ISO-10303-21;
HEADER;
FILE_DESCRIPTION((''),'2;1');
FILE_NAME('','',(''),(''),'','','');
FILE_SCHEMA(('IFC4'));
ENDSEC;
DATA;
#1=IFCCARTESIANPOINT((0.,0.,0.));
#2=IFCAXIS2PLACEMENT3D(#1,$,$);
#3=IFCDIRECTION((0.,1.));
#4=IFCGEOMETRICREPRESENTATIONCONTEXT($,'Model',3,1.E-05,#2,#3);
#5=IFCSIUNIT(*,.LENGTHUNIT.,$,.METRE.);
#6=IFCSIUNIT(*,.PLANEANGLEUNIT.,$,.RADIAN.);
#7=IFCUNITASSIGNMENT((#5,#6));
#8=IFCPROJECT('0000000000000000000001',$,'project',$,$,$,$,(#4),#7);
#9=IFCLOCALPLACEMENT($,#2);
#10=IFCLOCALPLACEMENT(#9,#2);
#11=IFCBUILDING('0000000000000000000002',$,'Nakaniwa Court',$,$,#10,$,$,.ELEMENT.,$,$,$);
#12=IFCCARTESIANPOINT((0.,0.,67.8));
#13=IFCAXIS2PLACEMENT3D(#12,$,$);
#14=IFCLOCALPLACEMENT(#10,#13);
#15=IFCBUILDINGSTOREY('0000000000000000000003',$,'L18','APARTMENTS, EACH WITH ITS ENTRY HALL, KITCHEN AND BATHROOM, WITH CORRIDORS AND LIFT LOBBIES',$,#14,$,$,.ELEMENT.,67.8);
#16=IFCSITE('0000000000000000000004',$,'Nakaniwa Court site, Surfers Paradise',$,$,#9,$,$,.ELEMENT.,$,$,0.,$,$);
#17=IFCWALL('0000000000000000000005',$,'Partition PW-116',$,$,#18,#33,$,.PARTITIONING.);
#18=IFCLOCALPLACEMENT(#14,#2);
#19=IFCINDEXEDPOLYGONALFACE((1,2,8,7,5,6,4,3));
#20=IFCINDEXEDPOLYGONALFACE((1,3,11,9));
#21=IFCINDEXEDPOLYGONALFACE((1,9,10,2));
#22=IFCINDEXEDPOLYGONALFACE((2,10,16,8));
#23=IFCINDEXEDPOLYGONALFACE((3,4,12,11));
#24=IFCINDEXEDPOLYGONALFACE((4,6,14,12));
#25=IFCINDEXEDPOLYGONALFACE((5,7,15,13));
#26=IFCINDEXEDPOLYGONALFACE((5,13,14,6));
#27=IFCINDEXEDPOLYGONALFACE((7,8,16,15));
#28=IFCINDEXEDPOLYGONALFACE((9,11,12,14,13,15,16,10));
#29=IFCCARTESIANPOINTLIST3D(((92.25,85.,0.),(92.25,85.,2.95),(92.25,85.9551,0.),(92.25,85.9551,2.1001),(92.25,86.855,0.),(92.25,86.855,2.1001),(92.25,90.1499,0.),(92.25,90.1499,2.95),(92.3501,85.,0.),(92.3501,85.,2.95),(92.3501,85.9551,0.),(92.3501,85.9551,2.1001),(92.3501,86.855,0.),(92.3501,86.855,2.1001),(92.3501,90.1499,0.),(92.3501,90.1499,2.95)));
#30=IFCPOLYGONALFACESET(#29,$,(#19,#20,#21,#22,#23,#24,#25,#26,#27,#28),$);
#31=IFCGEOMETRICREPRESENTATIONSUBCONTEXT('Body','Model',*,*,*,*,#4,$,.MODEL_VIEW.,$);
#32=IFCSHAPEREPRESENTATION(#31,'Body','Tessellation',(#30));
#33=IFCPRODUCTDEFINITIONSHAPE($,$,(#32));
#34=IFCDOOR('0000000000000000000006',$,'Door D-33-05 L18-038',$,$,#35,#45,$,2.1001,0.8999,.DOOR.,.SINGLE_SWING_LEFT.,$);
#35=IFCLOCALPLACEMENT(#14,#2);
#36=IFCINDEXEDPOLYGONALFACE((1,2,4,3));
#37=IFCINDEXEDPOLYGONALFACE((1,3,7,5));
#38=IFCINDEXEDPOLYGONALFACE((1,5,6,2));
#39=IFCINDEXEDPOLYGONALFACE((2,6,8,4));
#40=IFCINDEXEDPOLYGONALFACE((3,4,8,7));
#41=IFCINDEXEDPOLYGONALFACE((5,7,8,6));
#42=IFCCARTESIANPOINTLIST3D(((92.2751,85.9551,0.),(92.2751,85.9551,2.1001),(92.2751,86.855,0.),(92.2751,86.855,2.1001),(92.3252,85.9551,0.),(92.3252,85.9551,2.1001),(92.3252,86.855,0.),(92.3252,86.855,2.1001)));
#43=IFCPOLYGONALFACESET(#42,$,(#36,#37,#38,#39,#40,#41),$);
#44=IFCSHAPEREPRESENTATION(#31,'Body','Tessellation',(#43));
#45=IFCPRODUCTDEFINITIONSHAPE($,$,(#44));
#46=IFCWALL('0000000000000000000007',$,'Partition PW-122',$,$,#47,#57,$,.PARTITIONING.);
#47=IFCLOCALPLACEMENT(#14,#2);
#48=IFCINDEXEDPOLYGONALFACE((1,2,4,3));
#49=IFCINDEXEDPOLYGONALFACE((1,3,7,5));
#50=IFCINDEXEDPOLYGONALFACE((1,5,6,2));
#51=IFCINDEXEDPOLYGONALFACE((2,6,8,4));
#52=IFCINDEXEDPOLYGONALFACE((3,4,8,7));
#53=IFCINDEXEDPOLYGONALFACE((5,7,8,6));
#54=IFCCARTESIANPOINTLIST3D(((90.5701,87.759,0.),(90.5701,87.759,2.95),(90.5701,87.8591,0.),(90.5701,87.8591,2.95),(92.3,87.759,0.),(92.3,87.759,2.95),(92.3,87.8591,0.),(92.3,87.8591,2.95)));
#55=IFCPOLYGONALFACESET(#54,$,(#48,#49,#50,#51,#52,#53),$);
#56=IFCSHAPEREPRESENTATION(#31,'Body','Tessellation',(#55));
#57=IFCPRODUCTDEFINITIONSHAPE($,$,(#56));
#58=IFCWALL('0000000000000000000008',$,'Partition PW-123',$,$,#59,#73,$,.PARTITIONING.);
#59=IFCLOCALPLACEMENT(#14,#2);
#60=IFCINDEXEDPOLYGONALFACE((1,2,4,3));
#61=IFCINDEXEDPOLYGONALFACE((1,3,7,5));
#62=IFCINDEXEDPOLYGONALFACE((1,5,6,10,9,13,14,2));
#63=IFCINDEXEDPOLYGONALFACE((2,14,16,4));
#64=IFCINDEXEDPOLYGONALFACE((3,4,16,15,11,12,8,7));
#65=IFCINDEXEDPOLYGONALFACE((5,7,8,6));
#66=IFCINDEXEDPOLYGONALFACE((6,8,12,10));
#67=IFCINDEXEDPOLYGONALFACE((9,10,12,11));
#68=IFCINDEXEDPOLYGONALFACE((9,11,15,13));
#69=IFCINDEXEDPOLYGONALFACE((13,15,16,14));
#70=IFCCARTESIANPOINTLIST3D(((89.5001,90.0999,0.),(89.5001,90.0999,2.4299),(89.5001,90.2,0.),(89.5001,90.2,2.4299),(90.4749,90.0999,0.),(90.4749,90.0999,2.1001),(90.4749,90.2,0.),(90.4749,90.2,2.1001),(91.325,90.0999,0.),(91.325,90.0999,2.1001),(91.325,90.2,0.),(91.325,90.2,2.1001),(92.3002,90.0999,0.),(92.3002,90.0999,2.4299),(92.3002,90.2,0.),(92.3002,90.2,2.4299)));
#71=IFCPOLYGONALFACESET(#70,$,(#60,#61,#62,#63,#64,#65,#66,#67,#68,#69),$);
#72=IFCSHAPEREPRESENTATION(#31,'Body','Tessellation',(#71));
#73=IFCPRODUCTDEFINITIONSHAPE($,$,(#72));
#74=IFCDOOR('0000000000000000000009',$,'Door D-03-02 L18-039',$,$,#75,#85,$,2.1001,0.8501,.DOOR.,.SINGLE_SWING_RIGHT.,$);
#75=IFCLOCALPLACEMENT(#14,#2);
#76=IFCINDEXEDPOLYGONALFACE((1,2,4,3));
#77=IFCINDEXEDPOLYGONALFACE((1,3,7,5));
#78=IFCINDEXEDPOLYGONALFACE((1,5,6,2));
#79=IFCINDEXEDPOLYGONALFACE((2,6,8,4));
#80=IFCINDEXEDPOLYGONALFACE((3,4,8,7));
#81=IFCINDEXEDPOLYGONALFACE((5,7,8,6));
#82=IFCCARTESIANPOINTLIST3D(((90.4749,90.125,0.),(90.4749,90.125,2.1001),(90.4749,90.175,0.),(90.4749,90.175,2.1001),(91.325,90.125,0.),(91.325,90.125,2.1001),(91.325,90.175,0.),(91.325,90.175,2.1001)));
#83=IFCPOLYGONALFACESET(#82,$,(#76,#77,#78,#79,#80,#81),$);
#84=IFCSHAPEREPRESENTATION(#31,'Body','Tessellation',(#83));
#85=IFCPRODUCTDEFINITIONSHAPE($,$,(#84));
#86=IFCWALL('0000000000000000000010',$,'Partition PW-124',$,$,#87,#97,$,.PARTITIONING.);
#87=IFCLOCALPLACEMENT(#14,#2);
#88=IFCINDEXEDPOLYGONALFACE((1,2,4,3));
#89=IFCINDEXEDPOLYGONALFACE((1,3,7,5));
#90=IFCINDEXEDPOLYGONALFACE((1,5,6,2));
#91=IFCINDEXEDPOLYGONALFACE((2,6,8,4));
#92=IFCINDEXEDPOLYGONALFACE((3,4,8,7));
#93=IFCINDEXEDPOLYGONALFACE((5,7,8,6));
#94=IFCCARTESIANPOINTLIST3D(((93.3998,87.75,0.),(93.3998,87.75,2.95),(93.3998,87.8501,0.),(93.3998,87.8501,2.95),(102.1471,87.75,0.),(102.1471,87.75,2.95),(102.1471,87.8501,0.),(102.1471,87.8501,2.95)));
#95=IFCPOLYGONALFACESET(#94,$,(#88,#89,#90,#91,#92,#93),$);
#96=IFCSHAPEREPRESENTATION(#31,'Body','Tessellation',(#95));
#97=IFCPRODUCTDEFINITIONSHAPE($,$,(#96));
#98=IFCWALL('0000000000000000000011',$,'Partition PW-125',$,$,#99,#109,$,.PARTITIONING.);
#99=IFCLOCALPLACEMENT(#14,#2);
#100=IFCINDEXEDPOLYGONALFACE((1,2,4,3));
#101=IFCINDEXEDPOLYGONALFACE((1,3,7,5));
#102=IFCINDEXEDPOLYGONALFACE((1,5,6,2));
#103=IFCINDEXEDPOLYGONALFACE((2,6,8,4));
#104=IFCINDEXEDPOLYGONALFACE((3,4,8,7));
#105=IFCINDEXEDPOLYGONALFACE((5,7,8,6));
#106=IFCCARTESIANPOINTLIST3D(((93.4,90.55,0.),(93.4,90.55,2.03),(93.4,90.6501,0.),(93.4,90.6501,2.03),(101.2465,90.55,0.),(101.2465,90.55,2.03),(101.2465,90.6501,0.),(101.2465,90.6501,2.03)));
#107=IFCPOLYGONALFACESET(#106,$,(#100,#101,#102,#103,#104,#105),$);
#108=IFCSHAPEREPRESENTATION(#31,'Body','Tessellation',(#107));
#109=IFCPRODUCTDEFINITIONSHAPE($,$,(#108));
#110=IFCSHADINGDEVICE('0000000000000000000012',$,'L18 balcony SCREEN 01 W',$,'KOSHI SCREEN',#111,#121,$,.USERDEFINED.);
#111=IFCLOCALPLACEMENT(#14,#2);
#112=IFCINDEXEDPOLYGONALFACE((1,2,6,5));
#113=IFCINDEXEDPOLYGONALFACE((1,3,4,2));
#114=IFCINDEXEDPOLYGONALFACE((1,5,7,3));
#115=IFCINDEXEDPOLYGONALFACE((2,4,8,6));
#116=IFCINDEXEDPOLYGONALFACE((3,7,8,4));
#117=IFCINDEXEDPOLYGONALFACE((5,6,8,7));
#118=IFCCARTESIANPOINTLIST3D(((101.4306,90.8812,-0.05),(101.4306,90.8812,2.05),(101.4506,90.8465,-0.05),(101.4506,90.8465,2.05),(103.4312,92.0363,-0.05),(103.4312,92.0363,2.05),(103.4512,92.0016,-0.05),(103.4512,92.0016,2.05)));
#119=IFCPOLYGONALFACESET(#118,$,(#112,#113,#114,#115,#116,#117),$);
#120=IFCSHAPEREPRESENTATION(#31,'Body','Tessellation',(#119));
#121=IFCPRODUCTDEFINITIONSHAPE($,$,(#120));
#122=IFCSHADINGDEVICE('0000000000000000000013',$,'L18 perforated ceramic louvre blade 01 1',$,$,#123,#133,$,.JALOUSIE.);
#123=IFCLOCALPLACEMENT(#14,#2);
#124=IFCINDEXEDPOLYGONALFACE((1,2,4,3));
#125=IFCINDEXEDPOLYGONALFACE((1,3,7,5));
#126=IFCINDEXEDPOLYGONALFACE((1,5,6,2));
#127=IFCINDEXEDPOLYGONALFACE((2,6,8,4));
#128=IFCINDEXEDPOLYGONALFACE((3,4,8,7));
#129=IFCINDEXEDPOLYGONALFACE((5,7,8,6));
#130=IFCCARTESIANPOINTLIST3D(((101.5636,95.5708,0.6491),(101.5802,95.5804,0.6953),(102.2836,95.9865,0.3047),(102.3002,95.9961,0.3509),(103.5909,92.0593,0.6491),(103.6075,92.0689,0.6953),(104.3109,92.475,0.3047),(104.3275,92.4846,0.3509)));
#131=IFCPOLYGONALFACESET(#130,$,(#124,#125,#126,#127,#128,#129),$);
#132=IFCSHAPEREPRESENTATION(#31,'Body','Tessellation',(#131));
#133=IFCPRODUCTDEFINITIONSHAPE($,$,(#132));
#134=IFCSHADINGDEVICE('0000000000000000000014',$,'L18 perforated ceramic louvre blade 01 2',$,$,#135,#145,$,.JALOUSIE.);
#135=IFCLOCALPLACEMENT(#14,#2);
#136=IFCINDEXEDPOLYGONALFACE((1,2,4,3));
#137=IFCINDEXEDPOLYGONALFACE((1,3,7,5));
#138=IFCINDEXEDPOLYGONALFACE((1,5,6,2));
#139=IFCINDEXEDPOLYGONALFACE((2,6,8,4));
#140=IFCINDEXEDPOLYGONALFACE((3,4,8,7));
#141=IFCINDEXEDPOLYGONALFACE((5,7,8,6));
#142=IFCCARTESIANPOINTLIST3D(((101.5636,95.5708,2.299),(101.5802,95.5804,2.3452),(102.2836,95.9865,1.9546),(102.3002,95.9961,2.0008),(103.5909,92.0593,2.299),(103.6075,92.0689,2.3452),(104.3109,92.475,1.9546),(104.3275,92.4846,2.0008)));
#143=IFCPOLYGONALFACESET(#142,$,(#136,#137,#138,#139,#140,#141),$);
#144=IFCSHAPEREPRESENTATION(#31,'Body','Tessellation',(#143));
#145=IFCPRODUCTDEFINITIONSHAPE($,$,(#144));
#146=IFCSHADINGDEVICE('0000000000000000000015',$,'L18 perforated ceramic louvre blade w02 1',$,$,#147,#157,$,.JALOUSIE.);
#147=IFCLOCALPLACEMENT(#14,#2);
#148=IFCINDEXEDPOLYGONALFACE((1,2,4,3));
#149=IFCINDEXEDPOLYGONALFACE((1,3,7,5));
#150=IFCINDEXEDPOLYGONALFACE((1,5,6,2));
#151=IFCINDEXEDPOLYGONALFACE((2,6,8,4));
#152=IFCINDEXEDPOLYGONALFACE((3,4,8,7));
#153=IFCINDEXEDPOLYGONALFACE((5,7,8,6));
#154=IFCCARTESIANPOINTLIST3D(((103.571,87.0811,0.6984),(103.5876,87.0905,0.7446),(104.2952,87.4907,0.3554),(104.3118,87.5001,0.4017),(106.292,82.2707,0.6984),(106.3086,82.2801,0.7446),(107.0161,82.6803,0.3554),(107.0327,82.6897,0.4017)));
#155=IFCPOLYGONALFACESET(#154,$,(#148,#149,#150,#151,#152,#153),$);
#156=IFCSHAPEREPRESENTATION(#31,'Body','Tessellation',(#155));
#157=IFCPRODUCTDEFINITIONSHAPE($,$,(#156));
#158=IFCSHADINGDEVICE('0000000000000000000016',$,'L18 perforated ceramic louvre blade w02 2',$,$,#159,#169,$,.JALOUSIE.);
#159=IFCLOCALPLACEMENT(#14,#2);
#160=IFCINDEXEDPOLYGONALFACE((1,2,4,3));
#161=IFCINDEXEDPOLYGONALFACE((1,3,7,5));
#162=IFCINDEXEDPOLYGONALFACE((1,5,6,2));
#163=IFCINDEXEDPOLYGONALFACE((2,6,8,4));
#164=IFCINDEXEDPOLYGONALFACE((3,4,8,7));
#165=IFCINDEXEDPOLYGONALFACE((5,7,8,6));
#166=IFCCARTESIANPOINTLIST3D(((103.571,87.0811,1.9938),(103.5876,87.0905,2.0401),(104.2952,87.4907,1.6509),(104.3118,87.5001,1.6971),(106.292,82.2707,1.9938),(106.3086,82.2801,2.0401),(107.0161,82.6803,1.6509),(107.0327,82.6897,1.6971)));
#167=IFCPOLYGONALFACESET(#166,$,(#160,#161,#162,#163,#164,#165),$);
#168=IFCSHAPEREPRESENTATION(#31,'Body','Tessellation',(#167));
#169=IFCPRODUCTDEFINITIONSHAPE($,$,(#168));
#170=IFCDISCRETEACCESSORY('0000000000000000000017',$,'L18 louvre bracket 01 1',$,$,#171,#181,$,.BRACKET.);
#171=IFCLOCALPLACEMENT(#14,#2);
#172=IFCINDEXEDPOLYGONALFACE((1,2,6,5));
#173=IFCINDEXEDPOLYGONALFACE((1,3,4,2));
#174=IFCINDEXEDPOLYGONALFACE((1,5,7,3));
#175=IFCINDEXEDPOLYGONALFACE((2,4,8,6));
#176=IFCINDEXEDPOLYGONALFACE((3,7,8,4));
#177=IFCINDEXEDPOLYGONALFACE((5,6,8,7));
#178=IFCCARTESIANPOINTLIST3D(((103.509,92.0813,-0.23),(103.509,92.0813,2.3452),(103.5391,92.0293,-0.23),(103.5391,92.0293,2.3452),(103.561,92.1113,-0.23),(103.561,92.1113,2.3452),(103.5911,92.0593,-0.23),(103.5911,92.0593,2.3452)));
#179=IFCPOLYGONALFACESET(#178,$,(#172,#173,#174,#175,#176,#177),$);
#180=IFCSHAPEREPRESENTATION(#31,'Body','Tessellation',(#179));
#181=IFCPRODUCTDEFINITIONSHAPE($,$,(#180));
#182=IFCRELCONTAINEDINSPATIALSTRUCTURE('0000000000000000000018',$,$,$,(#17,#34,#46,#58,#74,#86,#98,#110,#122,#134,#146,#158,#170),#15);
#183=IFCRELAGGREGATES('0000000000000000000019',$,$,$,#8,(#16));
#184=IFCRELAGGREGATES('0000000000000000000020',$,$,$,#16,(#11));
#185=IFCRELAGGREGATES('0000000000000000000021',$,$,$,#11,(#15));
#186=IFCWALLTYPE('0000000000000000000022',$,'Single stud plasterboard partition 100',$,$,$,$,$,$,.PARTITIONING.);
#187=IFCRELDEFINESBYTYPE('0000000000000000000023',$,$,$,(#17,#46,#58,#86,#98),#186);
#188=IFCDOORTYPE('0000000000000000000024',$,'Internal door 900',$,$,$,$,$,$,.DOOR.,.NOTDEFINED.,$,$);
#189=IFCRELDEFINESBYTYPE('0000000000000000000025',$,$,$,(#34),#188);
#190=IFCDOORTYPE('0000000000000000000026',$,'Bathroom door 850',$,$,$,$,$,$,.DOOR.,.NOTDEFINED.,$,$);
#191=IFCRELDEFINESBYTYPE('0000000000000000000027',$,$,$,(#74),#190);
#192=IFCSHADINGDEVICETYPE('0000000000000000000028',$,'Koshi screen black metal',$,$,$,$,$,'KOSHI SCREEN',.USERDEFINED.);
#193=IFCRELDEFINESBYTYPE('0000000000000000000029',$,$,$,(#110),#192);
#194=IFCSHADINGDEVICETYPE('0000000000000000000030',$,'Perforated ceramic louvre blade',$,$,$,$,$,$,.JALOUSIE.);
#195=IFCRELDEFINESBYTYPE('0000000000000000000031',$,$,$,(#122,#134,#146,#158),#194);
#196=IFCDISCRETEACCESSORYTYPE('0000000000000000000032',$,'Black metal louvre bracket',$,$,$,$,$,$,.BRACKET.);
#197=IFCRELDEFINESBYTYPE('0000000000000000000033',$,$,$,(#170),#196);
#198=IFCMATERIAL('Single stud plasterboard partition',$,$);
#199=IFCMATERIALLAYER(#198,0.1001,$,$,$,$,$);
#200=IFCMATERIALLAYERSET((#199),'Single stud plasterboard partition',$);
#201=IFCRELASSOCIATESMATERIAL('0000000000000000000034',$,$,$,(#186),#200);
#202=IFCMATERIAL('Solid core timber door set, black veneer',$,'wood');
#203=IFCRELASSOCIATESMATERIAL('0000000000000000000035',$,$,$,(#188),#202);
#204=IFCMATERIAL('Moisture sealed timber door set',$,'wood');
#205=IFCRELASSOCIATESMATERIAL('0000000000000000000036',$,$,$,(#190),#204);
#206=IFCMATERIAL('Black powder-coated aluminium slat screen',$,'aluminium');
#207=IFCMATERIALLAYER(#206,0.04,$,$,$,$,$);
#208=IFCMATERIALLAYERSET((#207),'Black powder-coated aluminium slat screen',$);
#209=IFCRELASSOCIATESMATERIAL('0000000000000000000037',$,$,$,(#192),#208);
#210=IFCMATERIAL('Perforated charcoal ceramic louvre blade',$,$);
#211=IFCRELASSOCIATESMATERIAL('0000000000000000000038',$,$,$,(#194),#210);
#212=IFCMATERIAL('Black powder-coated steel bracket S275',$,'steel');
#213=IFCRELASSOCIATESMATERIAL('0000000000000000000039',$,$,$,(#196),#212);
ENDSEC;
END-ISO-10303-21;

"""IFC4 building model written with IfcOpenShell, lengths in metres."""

from ifc_helpers import new_model, si_unit, direction, frame, frame_2d, origin, origin_2d, place, context, subcontext, project, spatial, rectangle, extrude, material, layer, layer_set, material_profile, profile_set, type_object, element, fill, save


model = new_model("IFC4")

# Units and contexts
model_context = context("Model", 3, precision=1e-05, world=origin(), true_north=direction((0.0, 1.0)))
body_context = subcontext(model_context, "Body", "Model", "MODEL_VIEW")
ifc_project = project(units=[si_unit("LENGTHUNIT", "METRE"), si_unit("PLANEANGLEUNIT", "RADIAN")], contexts=[model_context])

# Site, building, storey
site_placement = place(None, origin())
site = spatial("IfcSite", under=ifc_project, at=site_placement, Name="Nakaniwa Court site, Surfers Paradise", CompositionType="ELEMENT", RefElevation=0.0)
building_placement = place(site_placement, origin())
building = spatial("IfcBuilding", under=site, at=building_placement, Name="Nakaniwa Court", CompositionType="ELEMENT")
storey_placement = place(building_placement, frame((0.0, 0.0, 67.8)))
storey = spatial("IfcBuildingStorey", under=building, at=storey_placement, Name="L18", Description="APARTMENTS, EACH WITH ITS ENTRY HALL, KITCHEN AND BATHROOM, WITH CORRIDORS AND LIFT LOBBIES", CompositionType="ELEMENT", Elevation=67.8)

# Wall, opening, door
ifc_material_1 = material(Name="Single stud plasterboard partition")
ifc_layer_1 = layer(ifc_material_1, 0.1001)
ifc_layer_set_1 = layer_set([ifc_layer_1], Name="Single stud plasterboard partition")
wall_type_1 = type_object("IfcWallType", Name="Single stud plasterboard partition 100", PredefinedType="PARTITIONING", material=ifc_layer_set_1)
wall_1_placement = place(storey_placement, frame((92.3, 85.0, 0.0), z_axis=(0.0, 0.0, 1.0), x_axis=(0.0, 1.0, 0.0)))
wall_1 = element("IfcWall", 1, at=wall_1_placement, inside=storey, type_object=wall_type_1, Name="Partition PW-116", PredefinedType="PARTITIONING", context=body_context, shape_type="SweptSolid", body=[
    extrude(rectangle(XDim=5.1499, YDim=0.1001, at=frame_2d((2.575, 0.0))), origin(), (0.0, 0.0, 1.0), 2.95),
])
opening_1_placement = place(wall_1_placement, frame((0.9551, 0.0, 0.0)))
opening_1 = element("IfcOpeningElement", 2, at=opening_1_placement, cuts=wall_1, PredefinedType="OPENING", context=body_context, shape_type="SweptSolid", body=[
    extrude(rectangle(XDim=0.8999, YDim=2.1001, at=frame_2d((0.45, 1.05))), frame((0.0, 0.0601, 0.0), z_axis=(0.0, -1.0, 0.0), x_axis=(1.0, 0.0, 0.0)), (0.0, 0.0, 1.0), 0.1201),
])
ifc_material_2 = material(Name="Solid core timber door set, black veneer", Category="wood")
door_type_1 = type_object("IfcDoorType", Name="Internal door 900", OperationType="NOTDEFINED", PredefinedType="DOOR", material=ifc_material_2)
door_1_placement = place(opening_1_placement, origin())
door_1 = element("IfcDoor", 3, at=door_1_placement, inside=storey, type_object=door_type_1, Name="Door D-33-05 L18-038", OperationType="SINGLE_SWING_LEFT", OverallHeight=2.1001, OverallWidth=0.8999, PredefinedType="DOOR", context=body_context, shape_type="SweptSolid", body=[
    extrude(rectangle(XDim=0.8999, YDim=2.1001, at=frame_2d((0.45, 1.05))), frame((0.0, 0.0249, 0.0), z_axis=(0.0, -1.0, 0.0), x_axis=(1.0, 0.0, 0.0)), (0.0, 0.0, 1.0), 0.05),
])
fill(opening_1, door_1)

# Wall
wall_2_placement = place(storey_placement, frame((90.5701, 87.8091, 0.0), z_axis=(0.0, 0.0, 1.0), x_axis=(1.0, 0.0, 0.0)))
element("IfcWall", 4, at=wall_2_placement, inside=storey, type_object=wall_type_1, Name="Partition PW-122", PredefinedType="PARTITIONING", context=body_context, shape_type="SweptSolid", body=[
    extrude(rectangle(XDim=1.73, YDim=0.1001, at=frame_2d((0.865, 0.0))), origin(), (0.0, 0.0, 1.0), 2.95),
])

# Wall, opening, door
wall_3_placement = place(storey_placement, frame((92.3, 90.1499, 0.0), z_axis=(0.0, 0.0, 1.0), x_axis=(-1.0, 0.0, 0.0)))
wall_3 = element("IfcWall", 5, at=wall_3_placement, inside=storey, type_object=wall_type_1, Name="Partition PW-123", PredefinedType="PARTITIONING", context=body_context, shape_type="SweptSolid", body=[
    extrude(rectangle(XDim=2.8, YDim=0.1001, at=frame_2d((1.3999, 0.0))), origin(), (0.0, 0.0, 1.0), 2.4299),
])
opening_2_placement = place(wall_3_placement, frame((0.9751, 0.0, 0.0)))
opening_2 = element("IfcOpeningElement", 6, at=opening_2_placement, cuts=wall_3, PredefinedType="OPENING", context=body_context, shape_type="SweptSolid", body=[
    extrude(rectangle(XDim=0.8501, YDim=2.1001, at=frame_2d((0.425, 1.05))), frame((0.0, 0.0601, 0.0), z_axis=(0.0, -1.0, 0.0), x_axis=(1.0, 0.0, 0.0)), (0.0, 0.0, 1.0), 0.1201),
])
ifc_material_3 = material(Name="Moisture sealed timber door set", Category="wood")
door_type_2 = type_object("IfcDoorType", Name="Bathroom door 850", OperationType="NOTDEFINED", PredefinedType="DOOR", material=ifc_material_3)
door_2_placement = place(opening_2_placement, origin())
door_2 = element("IfcDoor", 7, at=door_2_placement, inside=storey, type_object=door_type_2, Name="Door D-03-02 L18-039", OperationType="SINGLE_SWING_RIGHT", OverallHeight=2.1001, OverallWidth=0.8501, PredefinedType="DOOR", context=body_context, shape_type="SweptSolid", body=[
    extrude(rectangle(XDim=0.8501, YDim=2.1001, at=frame_2d((0.425, 1.05))), frame((0.0, 0.0249, 0.0), z_axis=(0.0, -1.0, 0.0), x_axis=(1.0, 0.0, 0.0)), (0.0, 0.0, 1.0), 0.05),
])
fill(opening_2, door_2)

# Walls
wall_4_placement = place(storey_placement, frame((93.3999, 87.8, 0.0), z_axis=(0.0, 0.0, 1.0), x_axis=(1.0, 0.0, 0.0)))
element("IfcWall", 8, at=wall_4_placement, inside=storey, type_object=wall_type_1, Name="Partition PW-124", PredefinedType="PARTITIONING", context=body_context, shape_type="SweptSolid", body=[
    extrude(rectangle(XDim=8.7473, YDim=0.1001, at=frame_2d((4.3735, 0.0))), origin(), (0.0, 0.0, 1.0), 2.95),
])
wall_5_placement = place(storey_placement, frame((93.3999, 90.6001, 0.0), z_axis=(0.0, 0.0, 1.0), x_axis=(1.0, 0.0, 0.0)))
element("IfcWall", 9, at=wall_5_placement, inside=storey, type_object=wall_type_1, Name="Partition PW-125", PredefinedType="PARTITIONING", context=body_context, shape_type="SweptSolid", body=[
    extrude(rectangle(XDim=7.8464, YDim=0.1001, at=frame_2d((3.9233, 0.0))), origin(), (0.0, 0.0, 1.0), 2.03),
])

# Shading devices
ifc_material_4 = material(Name="Black powder-coated aluminium slat screen", Category="aluminium")
ifc_layer_2 = layer(ifc_material_4, 0.04)
ifc_layer_set_2 = layer_set([ifc_layer_2], Name="Black powder-coated aluminium slat screen")
shading_device_type_1 = type_object("IfcShadingDeviceType", Name="Koshi screen black metal", ElementType="KOSHI SCREEN", PredefinedType="USERDEFINED", material=ifc_layer_set_2)
shading_device_placement = place(storey_placement, frame((102.4409, 91.4414, -0.05), z_axis=(0.0, 0.0, 1.0), x_axis=(-0.500005, 0.866023, 0.0)))
element("IfcShadingDevice", 10, at=shading_device_placement, inside=storey, type_object=shading_device_type_1, Name="L18 balcony SCREEN 01 W", ObjectType="KOSHI SCREEN", PredefinedType="USERDEFINED", context=body_context, shape_type="SweptSolid", body=[
    extrude(rectangle(XDim=0.04, YDim=2.3101, at=origin_2d()), origin(), (0.0, 0.0, 1.0), 2.1001),
])
ifc_material_5 = material(Name="Perforated charcoal ceramic louvre blade")
ifc_material_profile_1 = material_profile(ifc_material_5, rectangle(XDim=0.8999, YDim=0.05, at=origin_2d()), Name="Perforated ceramic louvre blade")
ifc_profile_set_1 = profile_set([ifc_material_profile_1], Name="Perforated charcoal ceramic louvre blade")
shading_device_type_2 = type_object("IfcShadingDeviceType", Name="Perforated ceramic louvre blade", PredefinedType="JALOUSIE", material=ifc_profile_set_1)
for number, where, z_axis, x_axis, name in (
    (11, (103.9592, 92.272, 0.5), (-0.499999, 0.866026, 0.0), (-0.800104, -0.461939, 0.382683), "L18 perforated ceramic louvre blade 01 1"),
    (12, (103.9592, 92.272, 2.1499), (-0.499999, 0.866026, 0.0), (-0.800104, -0.461939, 0.382683), "L18 perforated ceramic louvre blade 01 2"),
):
    element("IfcShadingDevice", number, at=place(storey_placement, frame(where, z_axis=z_axis, x_axis=x_axis)), inside=storey, type_object=shading_device_type_2, Name=name, PredefinedType="JALOUSIE", context=body_context, shape_type="SweptSolid", body=[
        extrude(rectangle(XDim=0.8999, YDim=0.05, at=origin_2d()), origin(), (0.0, 0.0, 1.0), 4.0547),
    ])
for number, where, z_axis, x_axis, name in (
    (13, (106.6624, 82.4802, 0.55), (-0.492343, 0.870402, 0.0), (-0.804726, -0.455193, 0.38107), "L18 perforated ceramic louvre blade w02 1"),
    (14, (106.6624, 82.4802, 1.8455), (-0.492343, 0.870402, 0.0), (-0.804726, -0.455193, 0.38107), "L18 perforated ceramic louvre blade w02 2"),
):
    element("IfcShadingDevice", number, at=place(storey_placement, frame(where, z_axis=z_axis, x_axis=x_axis)), inside=storey, type_object=shading_device_type_2, Name=name, PredefinedType="JALOUSIE", context=body_context, shape_type="SweptSolid", body=[
        extrude(rectangle(XDim=0.8999, YDim=0.05, at=origin_2d()), origin(), (0.0, 0.0, 1.0), 5.5266),
    ])

# Discrete accessory
ifc_material_6 = material(Name="Black powder-coated steel bracket S275", Category="steel")
discrete_accessory_type_1 = type_object("IfcDiscreteAccessoryType", Name="Black metal louvre bracket", PredefinedType="BRACKET", material=ifc_material_6)
discrete_accessory_1_placement = place(storey_placement, frame((103.55, 92.0703, -0.23), z_axis=(0.0, 0.0, 1.0), x_axis=(-0.500005, 0.866023, 0.0)))
element("IfcDiscreteAccessory", 15, at=discrete_accessory_1_placement, inside=storey, type_object=discrete_accessory_type_1, Name="L18 louvre bracket 01 1", PredefinedType="BRACKET", context=body_context, shape_type="SweptSolid", body=[
    extrude(rectangle(XDim=0.0601, YDim=0.0601, at=origin_2d()), origin(), (0.0, 0.0, 1.0), 2.5752),
])

save(model, "model.ifc")
